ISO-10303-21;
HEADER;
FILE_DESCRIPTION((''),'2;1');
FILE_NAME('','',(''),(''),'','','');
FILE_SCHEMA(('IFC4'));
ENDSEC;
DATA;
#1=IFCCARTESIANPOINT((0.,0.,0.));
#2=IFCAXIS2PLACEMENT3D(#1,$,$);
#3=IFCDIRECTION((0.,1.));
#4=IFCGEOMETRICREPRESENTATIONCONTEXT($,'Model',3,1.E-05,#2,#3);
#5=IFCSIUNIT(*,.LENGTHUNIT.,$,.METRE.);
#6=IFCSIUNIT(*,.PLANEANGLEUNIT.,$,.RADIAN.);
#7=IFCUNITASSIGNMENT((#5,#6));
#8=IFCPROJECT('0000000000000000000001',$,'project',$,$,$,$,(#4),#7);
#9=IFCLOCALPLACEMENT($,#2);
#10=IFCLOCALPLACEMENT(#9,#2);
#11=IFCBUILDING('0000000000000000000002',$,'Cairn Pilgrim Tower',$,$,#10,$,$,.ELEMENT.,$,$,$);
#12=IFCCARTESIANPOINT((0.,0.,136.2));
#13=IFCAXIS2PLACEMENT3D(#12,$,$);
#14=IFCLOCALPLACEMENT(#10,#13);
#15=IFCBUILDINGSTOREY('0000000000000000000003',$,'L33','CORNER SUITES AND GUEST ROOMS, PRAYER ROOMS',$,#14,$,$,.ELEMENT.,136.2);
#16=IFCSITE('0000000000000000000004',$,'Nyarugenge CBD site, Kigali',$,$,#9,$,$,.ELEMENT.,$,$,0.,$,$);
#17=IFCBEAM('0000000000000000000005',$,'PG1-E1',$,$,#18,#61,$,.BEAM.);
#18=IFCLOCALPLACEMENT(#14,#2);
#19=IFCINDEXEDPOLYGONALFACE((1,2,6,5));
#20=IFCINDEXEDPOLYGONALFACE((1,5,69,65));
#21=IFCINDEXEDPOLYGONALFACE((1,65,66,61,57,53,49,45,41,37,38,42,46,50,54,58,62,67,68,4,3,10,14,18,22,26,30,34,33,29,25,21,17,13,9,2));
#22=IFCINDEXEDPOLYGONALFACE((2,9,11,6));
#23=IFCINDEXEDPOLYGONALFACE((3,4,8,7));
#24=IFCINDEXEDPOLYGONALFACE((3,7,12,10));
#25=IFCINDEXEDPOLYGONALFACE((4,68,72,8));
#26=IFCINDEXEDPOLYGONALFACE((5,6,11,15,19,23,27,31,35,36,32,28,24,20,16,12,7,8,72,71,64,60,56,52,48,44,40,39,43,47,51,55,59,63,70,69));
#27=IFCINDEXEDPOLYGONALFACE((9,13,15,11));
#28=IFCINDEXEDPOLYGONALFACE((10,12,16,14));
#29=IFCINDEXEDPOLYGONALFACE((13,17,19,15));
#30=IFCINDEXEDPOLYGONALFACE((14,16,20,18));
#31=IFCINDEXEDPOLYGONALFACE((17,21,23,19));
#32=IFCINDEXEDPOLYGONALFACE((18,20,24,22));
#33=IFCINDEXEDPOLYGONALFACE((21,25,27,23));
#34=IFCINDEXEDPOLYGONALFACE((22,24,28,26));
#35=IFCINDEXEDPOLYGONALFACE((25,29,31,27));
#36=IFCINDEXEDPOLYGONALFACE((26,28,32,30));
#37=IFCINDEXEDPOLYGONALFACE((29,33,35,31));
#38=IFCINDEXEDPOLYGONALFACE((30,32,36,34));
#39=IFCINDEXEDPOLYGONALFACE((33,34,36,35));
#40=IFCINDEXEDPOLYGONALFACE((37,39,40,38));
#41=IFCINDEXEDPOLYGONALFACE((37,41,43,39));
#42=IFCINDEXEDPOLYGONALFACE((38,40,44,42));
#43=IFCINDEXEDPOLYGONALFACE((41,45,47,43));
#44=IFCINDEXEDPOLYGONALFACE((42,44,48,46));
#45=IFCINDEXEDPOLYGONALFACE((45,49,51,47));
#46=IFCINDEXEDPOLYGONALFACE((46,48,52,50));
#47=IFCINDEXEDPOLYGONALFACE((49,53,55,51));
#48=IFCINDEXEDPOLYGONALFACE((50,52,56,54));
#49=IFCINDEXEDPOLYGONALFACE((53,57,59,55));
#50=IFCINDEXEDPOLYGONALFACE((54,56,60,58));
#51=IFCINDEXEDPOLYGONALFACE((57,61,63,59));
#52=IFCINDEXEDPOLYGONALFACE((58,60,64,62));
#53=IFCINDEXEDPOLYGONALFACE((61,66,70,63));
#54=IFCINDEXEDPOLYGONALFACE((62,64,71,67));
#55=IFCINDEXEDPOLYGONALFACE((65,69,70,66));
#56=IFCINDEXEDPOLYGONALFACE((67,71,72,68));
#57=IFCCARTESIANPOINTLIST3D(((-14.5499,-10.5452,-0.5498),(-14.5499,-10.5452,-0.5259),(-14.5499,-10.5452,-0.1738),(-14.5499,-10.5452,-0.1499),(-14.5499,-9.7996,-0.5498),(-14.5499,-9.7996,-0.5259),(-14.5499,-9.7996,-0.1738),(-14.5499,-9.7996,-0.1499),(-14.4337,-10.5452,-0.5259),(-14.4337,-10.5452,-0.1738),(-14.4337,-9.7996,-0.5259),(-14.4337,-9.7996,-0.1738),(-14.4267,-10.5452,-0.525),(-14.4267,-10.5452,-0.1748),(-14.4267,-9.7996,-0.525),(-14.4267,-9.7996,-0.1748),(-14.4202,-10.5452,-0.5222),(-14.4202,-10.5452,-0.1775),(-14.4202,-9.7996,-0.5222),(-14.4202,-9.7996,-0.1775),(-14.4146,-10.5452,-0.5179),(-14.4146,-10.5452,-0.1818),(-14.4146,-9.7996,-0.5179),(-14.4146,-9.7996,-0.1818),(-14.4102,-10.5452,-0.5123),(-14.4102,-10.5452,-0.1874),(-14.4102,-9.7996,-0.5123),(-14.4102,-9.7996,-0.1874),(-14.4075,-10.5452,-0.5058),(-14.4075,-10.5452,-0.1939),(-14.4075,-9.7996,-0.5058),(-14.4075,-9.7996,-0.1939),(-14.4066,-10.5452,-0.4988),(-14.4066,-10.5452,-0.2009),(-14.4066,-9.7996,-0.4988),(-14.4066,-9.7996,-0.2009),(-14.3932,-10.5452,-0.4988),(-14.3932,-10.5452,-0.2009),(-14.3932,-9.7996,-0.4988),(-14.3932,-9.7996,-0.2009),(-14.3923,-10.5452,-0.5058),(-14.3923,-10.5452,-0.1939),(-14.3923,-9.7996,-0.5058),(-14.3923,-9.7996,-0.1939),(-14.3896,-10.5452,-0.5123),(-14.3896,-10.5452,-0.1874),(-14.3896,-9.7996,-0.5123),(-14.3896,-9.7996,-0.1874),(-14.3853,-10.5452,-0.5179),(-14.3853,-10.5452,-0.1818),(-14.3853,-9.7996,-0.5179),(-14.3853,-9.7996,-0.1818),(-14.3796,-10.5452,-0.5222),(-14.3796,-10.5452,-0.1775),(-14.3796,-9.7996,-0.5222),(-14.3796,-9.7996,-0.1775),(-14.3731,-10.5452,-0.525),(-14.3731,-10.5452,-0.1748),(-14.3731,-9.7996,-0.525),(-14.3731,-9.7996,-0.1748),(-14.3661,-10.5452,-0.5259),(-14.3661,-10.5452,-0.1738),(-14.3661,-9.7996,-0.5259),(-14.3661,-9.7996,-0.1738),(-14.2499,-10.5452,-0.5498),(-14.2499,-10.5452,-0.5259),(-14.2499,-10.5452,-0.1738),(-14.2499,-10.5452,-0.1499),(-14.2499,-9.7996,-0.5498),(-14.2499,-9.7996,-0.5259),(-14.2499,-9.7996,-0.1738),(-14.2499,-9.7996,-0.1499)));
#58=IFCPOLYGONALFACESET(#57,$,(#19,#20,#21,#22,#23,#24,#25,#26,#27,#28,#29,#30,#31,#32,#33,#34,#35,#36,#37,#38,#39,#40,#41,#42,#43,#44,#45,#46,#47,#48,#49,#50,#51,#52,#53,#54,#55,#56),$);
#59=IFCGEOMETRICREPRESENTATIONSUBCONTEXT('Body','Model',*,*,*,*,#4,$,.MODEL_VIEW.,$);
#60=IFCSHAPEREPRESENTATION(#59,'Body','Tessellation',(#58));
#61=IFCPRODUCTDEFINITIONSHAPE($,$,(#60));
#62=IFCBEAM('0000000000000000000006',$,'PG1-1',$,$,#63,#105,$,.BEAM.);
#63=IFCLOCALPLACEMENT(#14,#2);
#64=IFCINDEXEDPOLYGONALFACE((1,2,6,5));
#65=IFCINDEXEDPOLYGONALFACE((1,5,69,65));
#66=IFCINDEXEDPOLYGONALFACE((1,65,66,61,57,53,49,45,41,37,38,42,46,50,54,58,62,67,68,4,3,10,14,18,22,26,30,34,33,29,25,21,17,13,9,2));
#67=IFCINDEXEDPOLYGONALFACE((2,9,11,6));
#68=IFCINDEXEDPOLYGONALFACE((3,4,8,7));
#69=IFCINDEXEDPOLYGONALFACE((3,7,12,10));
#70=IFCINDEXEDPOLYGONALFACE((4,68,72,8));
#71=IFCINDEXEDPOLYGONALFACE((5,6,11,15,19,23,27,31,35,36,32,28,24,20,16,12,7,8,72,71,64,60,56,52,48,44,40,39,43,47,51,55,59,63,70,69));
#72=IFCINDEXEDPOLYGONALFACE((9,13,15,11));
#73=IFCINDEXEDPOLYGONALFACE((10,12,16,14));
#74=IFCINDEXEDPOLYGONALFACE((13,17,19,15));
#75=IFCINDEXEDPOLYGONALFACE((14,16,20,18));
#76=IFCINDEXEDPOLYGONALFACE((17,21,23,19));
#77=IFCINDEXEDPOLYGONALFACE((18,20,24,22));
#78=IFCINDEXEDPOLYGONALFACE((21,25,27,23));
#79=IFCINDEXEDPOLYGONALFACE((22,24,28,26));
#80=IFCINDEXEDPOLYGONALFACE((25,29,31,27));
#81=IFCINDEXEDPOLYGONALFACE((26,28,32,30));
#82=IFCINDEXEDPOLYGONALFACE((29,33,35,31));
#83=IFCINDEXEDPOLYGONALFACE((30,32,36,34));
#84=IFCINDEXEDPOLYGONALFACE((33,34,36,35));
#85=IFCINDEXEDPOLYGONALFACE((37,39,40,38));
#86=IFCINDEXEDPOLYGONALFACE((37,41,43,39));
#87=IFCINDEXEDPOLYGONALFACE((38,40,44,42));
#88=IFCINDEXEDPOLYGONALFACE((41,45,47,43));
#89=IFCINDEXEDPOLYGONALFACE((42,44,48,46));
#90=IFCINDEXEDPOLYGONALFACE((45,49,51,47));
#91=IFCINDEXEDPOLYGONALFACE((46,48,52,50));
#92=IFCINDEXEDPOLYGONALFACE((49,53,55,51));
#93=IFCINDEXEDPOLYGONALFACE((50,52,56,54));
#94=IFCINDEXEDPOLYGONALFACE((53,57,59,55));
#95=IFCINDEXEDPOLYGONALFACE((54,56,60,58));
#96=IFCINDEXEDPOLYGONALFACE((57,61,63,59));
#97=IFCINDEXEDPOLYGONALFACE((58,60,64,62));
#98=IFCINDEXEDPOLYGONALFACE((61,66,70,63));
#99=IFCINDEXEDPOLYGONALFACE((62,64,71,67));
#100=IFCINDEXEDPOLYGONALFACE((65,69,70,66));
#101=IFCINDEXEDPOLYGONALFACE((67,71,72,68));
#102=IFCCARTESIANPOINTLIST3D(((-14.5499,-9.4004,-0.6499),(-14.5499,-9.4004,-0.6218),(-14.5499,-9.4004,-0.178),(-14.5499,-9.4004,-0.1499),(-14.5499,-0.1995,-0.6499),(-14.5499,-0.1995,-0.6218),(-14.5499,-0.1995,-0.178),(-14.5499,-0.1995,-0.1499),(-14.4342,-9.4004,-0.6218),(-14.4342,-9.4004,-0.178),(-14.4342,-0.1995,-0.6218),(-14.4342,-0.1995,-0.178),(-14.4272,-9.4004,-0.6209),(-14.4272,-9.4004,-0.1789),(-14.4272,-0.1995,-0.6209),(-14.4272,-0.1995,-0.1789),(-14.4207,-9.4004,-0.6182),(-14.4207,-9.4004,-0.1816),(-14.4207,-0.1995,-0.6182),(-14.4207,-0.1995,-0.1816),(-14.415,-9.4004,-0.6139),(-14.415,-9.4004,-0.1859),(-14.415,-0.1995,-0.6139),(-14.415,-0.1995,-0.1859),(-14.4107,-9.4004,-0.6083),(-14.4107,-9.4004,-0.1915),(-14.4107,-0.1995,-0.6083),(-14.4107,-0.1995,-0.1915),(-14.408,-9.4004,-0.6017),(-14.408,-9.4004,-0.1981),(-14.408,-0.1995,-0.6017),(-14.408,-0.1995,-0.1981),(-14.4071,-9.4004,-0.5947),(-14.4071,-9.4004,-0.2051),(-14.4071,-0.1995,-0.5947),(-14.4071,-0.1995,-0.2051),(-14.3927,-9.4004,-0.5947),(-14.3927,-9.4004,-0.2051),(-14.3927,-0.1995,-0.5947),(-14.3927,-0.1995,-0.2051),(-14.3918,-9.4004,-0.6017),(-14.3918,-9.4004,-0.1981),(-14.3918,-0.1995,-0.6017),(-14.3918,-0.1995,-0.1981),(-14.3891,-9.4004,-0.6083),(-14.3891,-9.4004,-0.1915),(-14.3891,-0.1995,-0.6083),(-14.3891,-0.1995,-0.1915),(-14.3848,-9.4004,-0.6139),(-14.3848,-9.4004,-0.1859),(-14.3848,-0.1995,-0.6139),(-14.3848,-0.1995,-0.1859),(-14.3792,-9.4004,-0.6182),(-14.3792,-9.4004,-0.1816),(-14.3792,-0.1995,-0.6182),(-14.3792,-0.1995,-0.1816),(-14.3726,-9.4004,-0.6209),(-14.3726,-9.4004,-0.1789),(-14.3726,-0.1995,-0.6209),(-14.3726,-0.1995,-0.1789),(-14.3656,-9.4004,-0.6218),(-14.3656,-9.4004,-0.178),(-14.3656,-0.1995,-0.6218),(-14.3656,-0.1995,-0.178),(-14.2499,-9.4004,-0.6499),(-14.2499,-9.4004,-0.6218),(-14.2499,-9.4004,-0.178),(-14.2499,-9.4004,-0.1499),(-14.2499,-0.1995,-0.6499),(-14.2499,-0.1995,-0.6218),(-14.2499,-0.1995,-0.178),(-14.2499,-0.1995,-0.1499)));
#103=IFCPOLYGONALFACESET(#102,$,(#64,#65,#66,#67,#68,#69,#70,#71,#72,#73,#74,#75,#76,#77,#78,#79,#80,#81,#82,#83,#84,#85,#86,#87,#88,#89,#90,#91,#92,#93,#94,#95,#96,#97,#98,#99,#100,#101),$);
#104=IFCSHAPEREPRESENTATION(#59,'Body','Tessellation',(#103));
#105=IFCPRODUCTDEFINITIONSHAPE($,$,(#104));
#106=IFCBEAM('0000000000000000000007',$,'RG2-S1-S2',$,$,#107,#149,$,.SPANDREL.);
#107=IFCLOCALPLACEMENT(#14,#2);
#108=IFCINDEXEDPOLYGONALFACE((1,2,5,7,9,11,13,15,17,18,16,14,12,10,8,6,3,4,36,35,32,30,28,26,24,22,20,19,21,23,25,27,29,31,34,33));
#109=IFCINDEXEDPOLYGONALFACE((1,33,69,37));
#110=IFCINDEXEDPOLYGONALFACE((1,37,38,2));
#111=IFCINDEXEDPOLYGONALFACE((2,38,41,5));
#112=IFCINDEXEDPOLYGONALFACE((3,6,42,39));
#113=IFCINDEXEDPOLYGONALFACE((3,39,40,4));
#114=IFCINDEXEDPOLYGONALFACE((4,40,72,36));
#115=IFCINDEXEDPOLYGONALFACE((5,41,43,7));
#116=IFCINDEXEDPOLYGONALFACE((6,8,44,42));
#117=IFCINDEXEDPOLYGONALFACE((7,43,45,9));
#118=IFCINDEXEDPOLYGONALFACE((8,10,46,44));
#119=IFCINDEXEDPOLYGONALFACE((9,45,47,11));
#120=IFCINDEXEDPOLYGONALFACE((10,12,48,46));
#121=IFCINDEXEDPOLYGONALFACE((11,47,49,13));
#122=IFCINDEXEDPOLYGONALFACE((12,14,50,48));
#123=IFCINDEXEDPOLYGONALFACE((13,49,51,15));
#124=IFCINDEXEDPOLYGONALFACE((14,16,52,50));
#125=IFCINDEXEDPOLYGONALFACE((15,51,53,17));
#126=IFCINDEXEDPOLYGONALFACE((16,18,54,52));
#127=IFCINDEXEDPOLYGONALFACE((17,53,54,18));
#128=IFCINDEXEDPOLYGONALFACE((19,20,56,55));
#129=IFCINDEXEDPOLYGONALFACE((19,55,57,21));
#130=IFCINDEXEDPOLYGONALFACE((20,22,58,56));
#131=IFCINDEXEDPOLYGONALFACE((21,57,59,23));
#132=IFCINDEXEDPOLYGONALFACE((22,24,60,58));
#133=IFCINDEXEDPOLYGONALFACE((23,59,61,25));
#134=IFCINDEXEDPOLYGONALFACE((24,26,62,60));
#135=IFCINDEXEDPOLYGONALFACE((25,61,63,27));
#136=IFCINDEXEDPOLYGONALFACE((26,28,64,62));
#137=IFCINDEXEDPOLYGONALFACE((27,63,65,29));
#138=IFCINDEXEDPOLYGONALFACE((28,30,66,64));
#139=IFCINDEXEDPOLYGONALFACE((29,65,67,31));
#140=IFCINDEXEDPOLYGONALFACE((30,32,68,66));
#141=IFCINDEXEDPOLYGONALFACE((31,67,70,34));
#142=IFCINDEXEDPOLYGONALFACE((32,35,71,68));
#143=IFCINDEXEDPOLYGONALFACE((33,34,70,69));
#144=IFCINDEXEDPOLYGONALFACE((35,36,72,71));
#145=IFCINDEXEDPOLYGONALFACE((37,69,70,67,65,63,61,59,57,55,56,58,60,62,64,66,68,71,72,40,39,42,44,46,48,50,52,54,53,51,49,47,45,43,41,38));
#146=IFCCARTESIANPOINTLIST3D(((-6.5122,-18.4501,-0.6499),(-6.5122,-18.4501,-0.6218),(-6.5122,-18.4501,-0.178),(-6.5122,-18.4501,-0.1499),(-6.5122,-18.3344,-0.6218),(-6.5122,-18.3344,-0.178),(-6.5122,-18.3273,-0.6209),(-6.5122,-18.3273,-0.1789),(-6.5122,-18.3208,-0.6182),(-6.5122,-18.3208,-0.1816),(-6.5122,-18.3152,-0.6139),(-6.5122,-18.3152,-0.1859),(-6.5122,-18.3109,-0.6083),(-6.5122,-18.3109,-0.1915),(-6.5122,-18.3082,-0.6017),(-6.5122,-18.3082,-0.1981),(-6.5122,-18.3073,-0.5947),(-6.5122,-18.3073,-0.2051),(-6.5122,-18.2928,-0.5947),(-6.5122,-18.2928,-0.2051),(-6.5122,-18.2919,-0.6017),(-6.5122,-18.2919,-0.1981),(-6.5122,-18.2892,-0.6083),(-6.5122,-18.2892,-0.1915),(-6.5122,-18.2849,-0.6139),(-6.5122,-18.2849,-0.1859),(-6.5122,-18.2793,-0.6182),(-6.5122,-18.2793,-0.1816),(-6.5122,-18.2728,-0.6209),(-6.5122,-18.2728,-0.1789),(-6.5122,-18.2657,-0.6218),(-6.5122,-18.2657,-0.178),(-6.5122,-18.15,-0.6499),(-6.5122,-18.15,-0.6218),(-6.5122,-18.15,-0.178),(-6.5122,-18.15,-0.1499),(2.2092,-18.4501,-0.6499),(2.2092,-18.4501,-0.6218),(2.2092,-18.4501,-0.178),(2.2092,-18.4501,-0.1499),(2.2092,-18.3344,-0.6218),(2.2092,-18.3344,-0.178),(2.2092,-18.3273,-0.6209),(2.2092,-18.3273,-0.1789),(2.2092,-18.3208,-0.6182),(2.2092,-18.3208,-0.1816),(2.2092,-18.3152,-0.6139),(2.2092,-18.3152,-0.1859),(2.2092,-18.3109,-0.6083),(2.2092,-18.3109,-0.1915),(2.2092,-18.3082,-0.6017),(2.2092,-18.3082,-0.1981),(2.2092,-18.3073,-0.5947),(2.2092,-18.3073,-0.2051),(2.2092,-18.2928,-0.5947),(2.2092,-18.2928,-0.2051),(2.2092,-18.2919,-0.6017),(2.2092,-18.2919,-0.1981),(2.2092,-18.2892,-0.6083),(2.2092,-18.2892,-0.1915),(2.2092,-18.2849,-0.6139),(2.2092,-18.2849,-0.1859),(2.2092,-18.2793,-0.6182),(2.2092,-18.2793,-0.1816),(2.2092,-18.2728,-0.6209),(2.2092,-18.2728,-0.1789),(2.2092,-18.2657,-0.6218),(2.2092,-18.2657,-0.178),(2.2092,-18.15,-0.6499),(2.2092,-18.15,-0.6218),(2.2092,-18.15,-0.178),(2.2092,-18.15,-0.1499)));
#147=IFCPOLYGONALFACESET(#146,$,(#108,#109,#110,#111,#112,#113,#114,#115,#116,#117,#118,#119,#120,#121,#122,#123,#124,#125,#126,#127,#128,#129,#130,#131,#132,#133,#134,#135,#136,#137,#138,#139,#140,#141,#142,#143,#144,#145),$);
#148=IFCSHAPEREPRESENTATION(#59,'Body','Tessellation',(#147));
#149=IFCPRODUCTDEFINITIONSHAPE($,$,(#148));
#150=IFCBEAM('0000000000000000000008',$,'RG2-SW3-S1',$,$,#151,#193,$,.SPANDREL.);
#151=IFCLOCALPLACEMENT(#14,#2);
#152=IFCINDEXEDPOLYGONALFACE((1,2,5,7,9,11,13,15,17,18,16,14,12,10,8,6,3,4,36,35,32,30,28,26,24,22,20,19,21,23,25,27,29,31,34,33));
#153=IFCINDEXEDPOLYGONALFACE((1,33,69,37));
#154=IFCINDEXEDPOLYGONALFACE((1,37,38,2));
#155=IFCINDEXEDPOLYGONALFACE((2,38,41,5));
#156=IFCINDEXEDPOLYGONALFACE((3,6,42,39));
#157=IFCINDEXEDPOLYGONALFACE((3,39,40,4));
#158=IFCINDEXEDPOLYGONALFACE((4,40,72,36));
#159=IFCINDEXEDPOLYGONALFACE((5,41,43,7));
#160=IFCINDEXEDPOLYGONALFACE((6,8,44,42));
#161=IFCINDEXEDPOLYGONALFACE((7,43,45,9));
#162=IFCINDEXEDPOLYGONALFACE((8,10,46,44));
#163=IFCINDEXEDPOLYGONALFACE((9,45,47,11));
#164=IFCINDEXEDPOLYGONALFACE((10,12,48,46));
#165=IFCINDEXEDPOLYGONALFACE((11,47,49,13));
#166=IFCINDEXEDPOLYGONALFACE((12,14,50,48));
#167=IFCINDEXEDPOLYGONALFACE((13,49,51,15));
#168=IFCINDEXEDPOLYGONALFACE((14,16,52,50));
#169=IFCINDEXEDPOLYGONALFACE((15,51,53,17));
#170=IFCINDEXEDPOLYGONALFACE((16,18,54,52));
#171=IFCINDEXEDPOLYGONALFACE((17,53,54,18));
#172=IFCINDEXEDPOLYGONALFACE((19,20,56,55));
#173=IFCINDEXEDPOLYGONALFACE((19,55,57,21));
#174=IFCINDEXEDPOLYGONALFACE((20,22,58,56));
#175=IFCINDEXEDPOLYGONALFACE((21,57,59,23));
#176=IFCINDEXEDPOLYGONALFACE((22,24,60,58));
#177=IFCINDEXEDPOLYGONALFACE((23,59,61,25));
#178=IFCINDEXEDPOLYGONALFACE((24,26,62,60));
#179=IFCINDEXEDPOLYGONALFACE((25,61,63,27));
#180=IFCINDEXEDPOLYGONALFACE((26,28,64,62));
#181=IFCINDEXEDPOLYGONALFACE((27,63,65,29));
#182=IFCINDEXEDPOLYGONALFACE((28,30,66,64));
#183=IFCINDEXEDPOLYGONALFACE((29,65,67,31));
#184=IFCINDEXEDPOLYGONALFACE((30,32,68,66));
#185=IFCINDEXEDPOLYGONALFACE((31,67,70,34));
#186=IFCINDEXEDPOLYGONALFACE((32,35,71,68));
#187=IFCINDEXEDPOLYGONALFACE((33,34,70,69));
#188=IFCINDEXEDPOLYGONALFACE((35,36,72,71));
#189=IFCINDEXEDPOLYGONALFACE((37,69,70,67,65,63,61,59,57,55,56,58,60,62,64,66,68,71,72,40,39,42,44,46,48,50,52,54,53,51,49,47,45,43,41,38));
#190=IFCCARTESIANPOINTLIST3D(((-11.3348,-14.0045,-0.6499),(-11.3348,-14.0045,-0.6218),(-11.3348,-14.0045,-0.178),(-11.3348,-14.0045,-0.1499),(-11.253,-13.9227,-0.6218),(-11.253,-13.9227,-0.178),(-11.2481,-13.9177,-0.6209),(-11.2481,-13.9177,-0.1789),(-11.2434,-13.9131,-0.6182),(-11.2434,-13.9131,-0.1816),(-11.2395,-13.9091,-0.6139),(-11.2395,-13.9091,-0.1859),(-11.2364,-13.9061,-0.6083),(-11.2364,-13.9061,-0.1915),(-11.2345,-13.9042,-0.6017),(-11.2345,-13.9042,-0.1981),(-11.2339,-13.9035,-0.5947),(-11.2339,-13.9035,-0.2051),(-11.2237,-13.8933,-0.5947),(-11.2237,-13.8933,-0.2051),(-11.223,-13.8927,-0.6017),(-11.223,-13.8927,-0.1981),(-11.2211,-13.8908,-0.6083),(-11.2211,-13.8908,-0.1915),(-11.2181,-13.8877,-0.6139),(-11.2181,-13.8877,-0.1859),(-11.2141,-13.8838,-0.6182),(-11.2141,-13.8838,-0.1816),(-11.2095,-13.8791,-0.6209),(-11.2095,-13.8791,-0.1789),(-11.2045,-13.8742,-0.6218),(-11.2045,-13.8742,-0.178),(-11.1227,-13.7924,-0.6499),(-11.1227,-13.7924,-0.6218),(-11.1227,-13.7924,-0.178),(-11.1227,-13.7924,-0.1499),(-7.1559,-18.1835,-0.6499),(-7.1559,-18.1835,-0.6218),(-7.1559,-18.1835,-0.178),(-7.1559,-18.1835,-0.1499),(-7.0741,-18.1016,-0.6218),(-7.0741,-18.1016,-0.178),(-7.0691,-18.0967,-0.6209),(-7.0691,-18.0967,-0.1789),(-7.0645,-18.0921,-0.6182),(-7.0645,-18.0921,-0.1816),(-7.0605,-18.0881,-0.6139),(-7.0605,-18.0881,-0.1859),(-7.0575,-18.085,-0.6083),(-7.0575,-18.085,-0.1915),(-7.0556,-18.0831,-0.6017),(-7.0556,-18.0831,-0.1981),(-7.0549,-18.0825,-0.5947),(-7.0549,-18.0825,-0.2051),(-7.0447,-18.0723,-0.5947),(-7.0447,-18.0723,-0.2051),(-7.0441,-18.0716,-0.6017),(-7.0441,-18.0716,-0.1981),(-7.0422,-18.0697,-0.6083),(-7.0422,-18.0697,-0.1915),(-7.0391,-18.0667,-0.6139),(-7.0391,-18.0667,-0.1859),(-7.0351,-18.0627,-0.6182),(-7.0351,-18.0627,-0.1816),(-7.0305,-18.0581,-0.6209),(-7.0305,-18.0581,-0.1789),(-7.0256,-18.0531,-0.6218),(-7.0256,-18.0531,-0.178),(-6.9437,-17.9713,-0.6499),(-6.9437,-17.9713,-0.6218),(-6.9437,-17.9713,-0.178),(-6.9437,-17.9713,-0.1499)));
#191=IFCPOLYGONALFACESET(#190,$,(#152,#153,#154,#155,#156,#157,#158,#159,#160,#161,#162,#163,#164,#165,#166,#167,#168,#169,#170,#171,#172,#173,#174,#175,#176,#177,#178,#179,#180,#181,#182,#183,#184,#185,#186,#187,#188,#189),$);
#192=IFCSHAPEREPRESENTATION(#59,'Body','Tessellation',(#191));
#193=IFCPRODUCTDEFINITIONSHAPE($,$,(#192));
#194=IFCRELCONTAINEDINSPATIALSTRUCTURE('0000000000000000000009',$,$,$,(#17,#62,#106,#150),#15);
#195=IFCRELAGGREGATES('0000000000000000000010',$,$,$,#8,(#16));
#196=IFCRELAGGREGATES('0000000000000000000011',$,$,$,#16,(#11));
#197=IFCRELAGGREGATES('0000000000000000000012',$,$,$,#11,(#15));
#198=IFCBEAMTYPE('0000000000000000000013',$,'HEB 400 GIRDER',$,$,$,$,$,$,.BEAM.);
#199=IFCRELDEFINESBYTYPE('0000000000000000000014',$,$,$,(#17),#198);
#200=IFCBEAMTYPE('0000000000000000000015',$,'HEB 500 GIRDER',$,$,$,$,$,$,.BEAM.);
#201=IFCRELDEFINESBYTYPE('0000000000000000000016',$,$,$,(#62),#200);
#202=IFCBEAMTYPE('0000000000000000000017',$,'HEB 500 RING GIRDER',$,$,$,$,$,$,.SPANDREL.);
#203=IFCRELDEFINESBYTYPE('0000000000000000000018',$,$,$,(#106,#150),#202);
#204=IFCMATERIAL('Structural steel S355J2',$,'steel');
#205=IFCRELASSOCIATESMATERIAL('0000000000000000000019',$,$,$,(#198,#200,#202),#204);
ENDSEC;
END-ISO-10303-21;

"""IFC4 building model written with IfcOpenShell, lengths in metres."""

from ifc_helpers import new_model, si_unit, direction, frame, origin, origin_2d, place, context, subcontext, project, spatial, i_section, extrude, material, material_profile, profile_set, type_object, element, save


model = new_model("IFC4")

# Units and contexts
model_context = context("Model", 3, precision=1e-05, world=origin(), true_north=direction((0.0, 1.0)))
body_context = subcontext(model_context, "Body", "Model", "MODEL_VIEW")
ifc_project = project(units=[si_unit("LENGTHUNIT", "METRE"), si_unit("PLANEANGLEUNIT", "RADIAN")], contexts=[model_context])

# Site, building, storey
site_placement = place(None, origin())
site = spatial("IfcSite", under=ifc_project, at=site_placement, Name="Nyarugenge CBD site, Kigali", CompositionType="ELEMENT", RefElevation=0.0)
building_placement = place(site_placement, origin())
building = spatial("IfcBuilding", under=site, at=building_placement, Name="Cairn Pilgrim Tower", CompositionType="ELEMENT")
storey_placement = place(building_placement, frame((0.0, 0.0, 136.2)))
storey = spatial("IfcBuildingStorey", under=building, at=storey_placement, Name="L33", Description="CORNER SUITES AND GUEST ROOMS, PRAYER ROOMS", CompositionType="ELEMENT", Elevation=136.2)

# Shared definitions
ifc_material_1 = material(Name="Structural steel S355J2", Category="steel")

# Beams
ifc_material_profile_1 = material_profile(ifc_material_1, i_section(OverallWidth=0.3, OverallDepth=0.3999, WebThickness=0.0134, FlangeThickness=0.0239, FilletRadius=0.0271, at=origin_2d()), Name="HEB 400")
ifc_profile_set_1 = profile_set([ifc_material_profile_1], Name="Structural steel S355J2")
beam_type_1 = type_object("IfcBeamType", Name="HEB 400 GIRDER", PredefinedType="BEAM", material=ifc_profile_set_1)
beam_1_placement = place(storey_placement, frame((-14.3999, -10.5452, -0.3499), z_axis=(0.0, 1.0, 0.0), x_axis=(-1.0, 0.0, 0.0)))
element("IfcBeam", 1, at=beam_1_placement, inside=storey, type_object=beam_type_1, Name="PG1-E1", PredefinedType="BEAM", context=body_context, shape_type="SweptSolid", body=[
    extrude(i_section(OverallWidth=0.3, OverallDepth=0.3999, WebThickness=0.0134, FlangeThickness=0.0239, FilletRadius=0.0271, at=origin_2d()), origin(), (0.0, 0.0, 1.0), 0.7456),
])
ifc_material_profile_2 = material_profile(ifc_material_1, i_section(OverallWidth=0.3, OverallDepth=0.5, WebThickness=0.0144, FlangeThickness=0.0281, FilletRadius=0.0271, at=origin_2d()), Name="HEB 500")
ifc_profile_set_2 = profile_set([ifc_material_profile_2], Name="Structural steel S355J2")
beam_type_2 = type_object("IfcBeamType", Name="HEB 500 GIRDER", PredefinedType="BEAM", material=ifc_profile_set_2)
beam_2_placement = place(storey_placement, frame((-14.3999, -9.4004, -0.3999), z_axis=(0.0, 1.0, 0.0), x_axis=(-1.0, 0.0, 0.0)))
element("IfcBeam", 2, at=beam_2_placement, inside=storey, type_object=beam_type_2, Name="PG1-1", PredefinedType="BEAM", context=body_context, shape_type="SweptSolid", body=[
    extrude(i_section(OverallWidth=0.3, OverallDepth=0.5, WebThickness=0.0144, FlangeThickness=0.0281, FilletRadius=0.0271, at=origin_2d()), origin(), (0.0, 0.0, 1.0), 9.2009),
])
ifc_material_profile_3 = material_profile(ifc_material_1, i_section(OverallWidth=0.3, OverallDepth=0.5, WebThickness=0.0144, FlangeThickness=0.0281, FilletRadius=0.0271, at=origin_2d()), Name="HEB 500")
ifc_profile_set_3 = profile_set([ifc_material_profile_3], Name="Structural steel S355J2")
beam_type_3 = type_object("IfcBeamType", Name="HEB 500 RING GIRDER", PredefinedType="SPANDREL", material=ifc_profile_set_3)
beam_3_placement = place(storey_placement, frame((-6.5122, -18.3, -0.3999), z_axis=(1.0, 0.0, 0.0), x_axis=(0.0, 1.0, 0.0)))
element("IfcBeam", 3, at=beam_3_placement, inside=storey, type_object=beam_type_3, Name="RG2-S1-S2", PredefinedType="SPANDREL", context=body_context, shape_type="SweptSolid", body=[
    extrude(i_section(OverallWidth=0.3, OverallDepth=0.5, WebThickness=0.0144, FlangeThickness=0.0281, FilletRadius=0.0271, at=origin_2d()), origin(), (0.0, 0.0, 1.0), 8.7214),
])
beam_4_placement = place(storey_placement, frame((-11.2288, -13.8984, -0.3999), z_axis=(0.707107, -0.707107, 0.0), x_axis=(0.707107, 0.707107, 0.0)))
element("IfcBeam", 4, at=beam_4_placement, inside=storey, type_object=beam_type_3, Name="RG2-SW3-S1", PredefinedType="SPANDREL", context=body_context, shape_type="SweptSolid", body=[
    extrude(i_section(OverallWidth=0.3, OverallDepth=0.5, WebThickness=0.0144, FlangeThickness=0.0281, FilletRadius=0.0271, at=origin_2d()), origin(), (0.0, 0.0, 1.0), 5.9099),
])

save(model, "model.ifc")
